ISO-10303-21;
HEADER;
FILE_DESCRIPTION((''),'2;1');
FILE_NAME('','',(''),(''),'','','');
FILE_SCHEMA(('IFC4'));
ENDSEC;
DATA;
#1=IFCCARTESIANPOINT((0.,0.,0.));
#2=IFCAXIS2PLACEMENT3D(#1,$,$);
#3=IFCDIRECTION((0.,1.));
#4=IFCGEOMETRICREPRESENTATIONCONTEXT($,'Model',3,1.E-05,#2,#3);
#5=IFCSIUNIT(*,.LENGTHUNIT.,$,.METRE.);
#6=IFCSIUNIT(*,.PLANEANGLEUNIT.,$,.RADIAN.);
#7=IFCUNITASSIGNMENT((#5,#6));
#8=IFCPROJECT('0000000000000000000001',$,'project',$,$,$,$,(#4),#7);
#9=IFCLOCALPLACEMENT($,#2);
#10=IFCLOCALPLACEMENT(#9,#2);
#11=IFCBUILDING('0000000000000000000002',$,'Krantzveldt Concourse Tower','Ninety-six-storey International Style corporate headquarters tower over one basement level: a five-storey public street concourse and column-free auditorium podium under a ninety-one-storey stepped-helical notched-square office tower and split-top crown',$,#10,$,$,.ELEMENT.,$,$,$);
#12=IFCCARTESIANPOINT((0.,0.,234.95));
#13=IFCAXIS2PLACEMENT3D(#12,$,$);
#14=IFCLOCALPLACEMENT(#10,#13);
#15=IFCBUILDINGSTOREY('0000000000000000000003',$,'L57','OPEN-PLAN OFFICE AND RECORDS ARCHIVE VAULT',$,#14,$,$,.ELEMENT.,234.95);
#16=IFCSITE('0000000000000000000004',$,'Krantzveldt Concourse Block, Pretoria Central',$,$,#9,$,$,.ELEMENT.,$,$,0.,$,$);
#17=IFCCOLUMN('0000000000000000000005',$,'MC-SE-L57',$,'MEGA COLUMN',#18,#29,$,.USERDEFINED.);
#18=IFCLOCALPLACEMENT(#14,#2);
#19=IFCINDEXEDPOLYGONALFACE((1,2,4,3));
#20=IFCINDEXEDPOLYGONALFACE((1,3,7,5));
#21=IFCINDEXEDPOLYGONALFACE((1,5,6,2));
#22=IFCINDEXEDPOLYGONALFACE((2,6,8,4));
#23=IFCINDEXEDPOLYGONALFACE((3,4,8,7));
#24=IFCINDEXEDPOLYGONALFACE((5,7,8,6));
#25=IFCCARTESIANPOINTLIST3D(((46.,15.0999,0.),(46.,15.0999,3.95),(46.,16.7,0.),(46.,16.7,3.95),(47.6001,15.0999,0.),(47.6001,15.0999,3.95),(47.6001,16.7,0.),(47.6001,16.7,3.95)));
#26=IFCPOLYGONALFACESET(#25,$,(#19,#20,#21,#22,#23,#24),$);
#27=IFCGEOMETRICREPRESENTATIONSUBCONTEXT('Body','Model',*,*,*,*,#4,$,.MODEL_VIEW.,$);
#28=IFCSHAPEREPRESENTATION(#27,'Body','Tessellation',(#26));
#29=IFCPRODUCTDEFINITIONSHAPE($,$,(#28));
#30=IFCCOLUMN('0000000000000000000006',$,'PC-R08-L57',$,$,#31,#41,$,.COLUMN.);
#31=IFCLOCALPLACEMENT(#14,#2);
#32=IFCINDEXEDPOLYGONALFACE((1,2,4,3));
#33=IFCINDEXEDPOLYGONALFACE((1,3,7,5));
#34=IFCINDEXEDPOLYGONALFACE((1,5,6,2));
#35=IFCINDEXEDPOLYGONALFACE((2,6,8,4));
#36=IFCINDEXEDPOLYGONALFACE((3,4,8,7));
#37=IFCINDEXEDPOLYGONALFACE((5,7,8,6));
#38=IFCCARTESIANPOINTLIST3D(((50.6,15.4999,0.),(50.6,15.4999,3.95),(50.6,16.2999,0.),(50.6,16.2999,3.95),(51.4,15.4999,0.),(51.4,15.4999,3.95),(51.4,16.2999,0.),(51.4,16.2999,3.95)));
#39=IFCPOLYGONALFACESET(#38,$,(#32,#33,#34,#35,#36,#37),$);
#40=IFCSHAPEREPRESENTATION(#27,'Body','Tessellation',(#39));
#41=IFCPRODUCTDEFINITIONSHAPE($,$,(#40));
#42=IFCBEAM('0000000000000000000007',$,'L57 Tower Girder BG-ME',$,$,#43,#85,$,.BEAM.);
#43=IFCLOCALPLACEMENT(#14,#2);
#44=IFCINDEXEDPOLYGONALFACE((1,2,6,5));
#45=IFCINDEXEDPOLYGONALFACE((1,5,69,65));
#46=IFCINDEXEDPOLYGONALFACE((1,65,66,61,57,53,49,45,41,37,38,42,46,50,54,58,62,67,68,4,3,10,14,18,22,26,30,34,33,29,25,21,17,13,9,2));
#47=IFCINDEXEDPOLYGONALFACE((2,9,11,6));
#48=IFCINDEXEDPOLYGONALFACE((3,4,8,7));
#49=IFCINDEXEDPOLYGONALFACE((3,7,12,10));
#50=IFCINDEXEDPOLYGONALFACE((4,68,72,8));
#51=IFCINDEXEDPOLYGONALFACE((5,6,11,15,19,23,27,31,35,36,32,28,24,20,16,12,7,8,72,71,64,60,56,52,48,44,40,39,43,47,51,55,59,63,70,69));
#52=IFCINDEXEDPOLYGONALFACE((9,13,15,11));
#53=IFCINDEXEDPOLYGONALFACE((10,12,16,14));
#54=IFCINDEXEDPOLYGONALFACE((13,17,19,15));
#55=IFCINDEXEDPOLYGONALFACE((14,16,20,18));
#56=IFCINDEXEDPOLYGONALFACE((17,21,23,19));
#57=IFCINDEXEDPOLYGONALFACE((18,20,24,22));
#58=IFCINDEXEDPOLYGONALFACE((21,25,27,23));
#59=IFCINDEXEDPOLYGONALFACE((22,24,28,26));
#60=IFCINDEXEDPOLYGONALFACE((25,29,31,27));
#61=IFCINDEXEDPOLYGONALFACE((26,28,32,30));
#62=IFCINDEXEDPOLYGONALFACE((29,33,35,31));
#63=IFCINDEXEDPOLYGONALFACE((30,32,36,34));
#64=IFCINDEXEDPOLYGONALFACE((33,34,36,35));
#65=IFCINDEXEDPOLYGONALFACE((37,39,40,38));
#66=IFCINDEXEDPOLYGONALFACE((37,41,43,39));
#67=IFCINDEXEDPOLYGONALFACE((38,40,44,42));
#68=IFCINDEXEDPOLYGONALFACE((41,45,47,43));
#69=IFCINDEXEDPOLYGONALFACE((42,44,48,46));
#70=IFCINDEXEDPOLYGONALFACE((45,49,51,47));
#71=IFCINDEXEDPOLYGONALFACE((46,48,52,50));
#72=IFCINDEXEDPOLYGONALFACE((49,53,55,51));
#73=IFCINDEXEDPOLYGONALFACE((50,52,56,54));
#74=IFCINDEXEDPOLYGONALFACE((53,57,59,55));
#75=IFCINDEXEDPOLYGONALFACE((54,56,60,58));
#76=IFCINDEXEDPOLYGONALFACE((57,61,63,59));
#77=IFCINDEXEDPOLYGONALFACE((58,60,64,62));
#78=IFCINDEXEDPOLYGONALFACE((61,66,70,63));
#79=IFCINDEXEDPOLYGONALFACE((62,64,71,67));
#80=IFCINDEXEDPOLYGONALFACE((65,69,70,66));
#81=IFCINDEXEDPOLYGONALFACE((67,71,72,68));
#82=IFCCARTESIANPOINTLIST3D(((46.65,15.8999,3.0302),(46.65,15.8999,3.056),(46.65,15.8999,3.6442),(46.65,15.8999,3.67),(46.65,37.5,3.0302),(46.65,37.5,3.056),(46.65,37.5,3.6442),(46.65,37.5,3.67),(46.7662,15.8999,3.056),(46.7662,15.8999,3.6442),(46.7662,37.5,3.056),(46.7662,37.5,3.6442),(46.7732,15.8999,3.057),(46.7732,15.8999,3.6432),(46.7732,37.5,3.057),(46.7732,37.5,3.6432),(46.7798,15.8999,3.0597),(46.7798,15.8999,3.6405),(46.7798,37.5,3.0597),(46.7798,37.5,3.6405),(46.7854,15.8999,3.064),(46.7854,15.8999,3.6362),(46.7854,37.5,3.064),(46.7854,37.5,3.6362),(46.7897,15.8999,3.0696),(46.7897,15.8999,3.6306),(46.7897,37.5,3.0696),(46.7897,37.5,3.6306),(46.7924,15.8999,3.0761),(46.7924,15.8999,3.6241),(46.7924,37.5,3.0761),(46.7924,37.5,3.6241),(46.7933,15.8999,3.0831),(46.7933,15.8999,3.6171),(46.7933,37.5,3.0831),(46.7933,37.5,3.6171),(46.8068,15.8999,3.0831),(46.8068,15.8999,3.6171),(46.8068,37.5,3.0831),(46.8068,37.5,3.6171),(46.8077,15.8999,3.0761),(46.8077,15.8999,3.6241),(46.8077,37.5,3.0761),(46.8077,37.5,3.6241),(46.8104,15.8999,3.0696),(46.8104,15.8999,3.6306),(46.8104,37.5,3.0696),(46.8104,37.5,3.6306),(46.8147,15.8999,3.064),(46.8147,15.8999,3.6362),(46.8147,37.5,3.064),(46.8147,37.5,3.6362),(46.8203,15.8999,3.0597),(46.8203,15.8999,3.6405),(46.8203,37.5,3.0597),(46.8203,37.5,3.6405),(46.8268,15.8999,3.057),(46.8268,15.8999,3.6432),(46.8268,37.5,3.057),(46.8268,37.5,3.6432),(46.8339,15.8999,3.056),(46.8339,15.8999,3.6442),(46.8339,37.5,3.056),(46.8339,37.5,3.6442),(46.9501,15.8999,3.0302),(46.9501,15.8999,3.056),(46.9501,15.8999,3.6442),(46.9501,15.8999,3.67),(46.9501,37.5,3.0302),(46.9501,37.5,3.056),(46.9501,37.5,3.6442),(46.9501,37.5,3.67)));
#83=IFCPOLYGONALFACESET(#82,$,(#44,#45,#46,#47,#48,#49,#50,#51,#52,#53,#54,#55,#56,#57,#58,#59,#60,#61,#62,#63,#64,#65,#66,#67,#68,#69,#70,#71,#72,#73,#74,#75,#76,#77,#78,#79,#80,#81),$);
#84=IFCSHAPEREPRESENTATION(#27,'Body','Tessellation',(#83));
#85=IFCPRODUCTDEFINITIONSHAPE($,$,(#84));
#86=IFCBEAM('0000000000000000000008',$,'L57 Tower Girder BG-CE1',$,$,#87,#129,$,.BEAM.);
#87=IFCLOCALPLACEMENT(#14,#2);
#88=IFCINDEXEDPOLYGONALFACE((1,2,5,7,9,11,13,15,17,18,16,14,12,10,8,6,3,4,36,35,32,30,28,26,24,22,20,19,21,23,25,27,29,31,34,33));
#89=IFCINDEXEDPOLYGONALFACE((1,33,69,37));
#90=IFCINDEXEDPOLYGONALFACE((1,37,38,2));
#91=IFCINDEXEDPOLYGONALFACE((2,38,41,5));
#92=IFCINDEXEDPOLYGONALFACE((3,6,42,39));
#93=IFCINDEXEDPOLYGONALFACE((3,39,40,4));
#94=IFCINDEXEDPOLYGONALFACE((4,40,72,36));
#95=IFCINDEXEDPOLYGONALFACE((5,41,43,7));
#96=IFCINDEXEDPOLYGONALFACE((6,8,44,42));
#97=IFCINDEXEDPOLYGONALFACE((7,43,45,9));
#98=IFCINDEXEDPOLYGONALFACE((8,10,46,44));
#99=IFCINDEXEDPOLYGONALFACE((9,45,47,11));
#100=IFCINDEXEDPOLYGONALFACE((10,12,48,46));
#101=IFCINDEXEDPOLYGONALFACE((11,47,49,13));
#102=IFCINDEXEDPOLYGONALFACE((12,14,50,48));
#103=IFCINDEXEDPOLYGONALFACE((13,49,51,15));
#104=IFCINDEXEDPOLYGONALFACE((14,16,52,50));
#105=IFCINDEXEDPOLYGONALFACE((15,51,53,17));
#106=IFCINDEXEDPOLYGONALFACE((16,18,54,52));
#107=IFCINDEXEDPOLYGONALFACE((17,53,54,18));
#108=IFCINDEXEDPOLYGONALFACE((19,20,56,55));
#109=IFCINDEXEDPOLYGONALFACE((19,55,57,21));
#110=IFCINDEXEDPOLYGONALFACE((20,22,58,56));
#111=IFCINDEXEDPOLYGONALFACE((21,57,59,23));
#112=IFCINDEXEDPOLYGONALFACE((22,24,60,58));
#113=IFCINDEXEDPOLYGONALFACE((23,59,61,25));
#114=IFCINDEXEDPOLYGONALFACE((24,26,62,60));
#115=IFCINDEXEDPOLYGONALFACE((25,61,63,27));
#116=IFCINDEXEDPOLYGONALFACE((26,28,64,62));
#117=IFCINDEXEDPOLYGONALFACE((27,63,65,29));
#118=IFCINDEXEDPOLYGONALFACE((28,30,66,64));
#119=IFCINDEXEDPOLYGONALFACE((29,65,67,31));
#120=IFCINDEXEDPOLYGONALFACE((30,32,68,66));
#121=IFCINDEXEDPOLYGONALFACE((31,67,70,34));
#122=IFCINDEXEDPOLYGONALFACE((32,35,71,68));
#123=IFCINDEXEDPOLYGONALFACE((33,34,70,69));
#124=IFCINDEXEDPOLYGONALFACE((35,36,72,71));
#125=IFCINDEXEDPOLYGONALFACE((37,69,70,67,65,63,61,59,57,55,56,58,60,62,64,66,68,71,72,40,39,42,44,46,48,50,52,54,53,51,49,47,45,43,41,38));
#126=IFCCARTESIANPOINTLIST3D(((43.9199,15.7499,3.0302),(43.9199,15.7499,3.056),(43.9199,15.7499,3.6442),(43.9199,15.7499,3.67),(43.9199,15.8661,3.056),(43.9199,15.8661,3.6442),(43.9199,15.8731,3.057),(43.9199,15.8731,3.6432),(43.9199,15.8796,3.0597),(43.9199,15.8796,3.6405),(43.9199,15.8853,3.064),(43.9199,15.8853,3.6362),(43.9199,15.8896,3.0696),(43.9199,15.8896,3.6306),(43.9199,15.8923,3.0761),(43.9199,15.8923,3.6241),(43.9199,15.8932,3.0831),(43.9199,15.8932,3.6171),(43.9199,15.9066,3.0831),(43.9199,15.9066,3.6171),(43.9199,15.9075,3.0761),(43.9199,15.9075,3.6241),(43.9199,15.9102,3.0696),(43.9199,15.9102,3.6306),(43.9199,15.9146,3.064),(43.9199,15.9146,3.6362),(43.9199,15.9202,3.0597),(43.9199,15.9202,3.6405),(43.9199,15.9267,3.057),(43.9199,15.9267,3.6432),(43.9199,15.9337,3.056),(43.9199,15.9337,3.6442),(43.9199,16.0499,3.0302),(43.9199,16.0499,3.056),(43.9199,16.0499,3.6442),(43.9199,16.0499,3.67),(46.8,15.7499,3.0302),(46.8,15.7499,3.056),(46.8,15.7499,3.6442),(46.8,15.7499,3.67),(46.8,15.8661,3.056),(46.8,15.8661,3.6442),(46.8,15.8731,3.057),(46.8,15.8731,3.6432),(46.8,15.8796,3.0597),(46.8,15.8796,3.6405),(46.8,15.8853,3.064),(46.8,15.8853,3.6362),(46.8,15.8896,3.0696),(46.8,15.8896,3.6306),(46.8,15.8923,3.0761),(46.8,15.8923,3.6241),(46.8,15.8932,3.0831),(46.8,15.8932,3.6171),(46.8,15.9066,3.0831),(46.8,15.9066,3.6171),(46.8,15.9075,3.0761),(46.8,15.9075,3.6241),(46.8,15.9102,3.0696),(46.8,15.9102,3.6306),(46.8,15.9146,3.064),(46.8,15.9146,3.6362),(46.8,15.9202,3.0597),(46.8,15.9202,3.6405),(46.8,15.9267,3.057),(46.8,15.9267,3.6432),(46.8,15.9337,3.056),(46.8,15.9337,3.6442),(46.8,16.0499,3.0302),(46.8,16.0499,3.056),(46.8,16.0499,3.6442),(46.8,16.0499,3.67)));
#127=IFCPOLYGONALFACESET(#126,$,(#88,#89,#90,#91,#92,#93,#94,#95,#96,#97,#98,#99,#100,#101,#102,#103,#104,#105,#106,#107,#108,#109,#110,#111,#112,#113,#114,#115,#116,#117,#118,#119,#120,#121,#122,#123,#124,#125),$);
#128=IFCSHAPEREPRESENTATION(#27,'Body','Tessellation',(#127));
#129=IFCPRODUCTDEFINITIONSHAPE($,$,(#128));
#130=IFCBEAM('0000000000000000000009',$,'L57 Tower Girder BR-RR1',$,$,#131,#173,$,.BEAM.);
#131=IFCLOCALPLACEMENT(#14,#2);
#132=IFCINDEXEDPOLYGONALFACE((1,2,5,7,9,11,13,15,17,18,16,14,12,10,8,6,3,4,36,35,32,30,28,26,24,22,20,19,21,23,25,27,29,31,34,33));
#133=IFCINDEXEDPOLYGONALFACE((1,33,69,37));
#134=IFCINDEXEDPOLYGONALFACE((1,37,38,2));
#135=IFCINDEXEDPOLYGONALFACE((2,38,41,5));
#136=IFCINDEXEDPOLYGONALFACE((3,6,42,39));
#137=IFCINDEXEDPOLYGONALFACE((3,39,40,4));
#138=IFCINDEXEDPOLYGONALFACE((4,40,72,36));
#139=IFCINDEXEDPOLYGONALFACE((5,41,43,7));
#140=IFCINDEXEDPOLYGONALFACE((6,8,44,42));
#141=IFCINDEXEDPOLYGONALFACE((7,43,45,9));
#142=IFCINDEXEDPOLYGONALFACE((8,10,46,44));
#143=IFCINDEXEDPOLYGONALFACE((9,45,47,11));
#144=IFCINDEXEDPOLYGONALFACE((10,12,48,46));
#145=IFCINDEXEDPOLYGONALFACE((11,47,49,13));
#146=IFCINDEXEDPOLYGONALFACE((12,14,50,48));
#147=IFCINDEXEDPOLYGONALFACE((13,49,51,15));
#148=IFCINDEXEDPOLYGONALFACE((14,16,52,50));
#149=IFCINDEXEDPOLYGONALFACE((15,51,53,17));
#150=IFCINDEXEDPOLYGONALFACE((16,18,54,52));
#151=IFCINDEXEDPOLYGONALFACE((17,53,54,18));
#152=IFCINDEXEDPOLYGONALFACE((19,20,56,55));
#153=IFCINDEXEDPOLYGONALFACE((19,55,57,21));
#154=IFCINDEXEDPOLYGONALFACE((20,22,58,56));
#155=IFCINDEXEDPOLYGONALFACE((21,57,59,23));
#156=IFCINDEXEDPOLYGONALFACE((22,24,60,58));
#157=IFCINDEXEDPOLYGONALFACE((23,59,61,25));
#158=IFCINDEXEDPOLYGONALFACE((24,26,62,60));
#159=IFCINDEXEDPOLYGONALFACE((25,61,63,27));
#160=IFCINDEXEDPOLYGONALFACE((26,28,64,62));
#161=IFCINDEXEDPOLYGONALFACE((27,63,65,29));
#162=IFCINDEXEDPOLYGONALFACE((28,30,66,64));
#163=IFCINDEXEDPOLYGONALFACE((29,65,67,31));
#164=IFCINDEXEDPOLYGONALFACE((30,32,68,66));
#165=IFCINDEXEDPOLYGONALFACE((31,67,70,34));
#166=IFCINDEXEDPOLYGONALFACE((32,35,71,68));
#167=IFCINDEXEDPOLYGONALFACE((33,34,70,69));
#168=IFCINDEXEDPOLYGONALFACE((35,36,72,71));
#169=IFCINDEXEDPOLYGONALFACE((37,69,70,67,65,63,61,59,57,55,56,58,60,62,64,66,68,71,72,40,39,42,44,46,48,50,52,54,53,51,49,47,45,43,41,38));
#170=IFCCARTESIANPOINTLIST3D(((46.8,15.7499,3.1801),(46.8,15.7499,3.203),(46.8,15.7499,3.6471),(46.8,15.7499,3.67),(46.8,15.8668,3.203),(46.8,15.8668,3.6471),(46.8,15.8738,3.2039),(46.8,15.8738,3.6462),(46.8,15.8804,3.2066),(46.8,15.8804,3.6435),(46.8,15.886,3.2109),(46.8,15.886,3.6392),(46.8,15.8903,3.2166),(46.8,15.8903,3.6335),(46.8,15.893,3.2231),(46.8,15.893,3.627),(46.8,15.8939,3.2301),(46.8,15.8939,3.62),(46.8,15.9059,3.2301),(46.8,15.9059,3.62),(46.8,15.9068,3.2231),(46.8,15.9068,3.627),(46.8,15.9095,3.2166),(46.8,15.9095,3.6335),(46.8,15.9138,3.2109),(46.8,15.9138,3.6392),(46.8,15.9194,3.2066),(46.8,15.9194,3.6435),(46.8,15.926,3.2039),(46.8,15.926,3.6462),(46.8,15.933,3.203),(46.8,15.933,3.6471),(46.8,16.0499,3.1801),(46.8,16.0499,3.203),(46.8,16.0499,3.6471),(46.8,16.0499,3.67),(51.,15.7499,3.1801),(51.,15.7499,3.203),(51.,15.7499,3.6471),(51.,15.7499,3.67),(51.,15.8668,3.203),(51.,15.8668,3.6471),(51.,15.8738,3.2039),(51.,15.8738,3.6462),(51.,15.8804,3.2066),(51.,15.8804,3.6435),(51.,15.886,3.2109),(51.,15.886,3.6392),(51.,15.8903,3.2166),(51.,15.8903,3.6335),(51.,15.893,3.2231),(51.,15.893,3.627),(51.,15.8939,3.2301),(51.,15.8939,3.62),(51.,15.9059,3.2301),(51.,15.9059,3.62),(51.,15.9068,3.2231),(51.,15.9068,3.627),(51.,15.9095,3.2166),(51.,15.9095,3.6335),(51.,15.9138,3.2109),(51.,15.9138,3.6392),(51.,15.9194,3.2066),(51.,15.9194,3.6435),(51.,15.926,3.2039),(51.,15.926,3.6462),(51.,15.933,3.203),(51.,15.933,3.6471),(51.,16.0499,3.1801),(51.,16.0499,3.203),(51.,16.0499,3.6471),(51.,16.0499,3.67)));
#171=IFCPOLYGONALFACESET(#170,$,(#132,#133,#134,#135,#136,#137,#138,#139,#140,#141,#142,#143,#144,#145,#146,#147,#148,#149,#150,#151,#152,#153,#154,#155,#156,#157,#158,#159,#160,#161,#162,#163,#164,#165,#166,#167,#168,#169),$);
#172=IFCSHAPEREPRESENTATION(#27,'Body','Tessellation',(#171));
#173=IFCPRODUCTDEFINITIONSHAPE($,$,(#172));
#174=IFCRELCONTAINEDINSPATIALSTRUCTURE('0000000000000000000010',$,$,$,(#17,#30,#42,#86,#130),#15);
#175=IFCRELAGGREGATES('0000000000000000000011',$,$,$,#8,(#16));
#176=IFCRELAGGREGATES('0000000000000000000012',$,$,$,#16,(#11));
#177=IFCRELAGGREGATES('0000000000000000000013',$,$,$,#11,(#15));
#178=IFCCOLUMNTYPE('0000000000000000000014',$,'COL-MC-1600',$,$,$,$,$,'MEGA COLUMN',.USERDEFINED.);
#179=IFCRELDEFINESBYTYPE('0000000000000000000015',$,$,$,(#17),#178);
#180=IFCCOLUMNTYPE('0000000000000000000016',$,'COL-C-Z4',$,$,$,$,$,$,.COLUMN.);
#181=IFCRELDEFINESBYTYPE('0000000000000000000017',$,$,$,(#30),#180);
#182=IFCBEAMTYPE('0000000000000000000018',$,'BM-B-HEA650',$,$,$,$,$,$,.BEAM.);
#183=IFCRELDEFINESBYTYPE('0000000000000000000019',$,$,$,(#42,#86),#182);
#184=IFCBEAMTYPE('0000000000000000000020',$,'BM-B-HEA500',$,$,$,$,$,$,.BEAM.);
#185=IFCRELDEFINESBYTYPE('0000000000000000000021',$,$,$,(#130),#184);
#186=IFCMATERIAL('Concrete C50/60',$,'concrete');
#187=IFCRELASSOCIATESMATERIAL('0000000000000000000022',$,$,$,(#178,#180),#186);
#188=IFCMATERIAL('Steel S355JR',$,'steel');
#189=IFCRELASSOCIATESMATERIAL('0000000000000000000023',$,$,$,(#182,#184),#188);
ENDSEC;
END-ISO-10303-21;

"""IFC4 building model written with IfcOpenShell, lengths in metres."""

from ifc_helpers import new_model, si_unit, direction, frame, origin, origin_2d, place, context, subcontext, project, spatial, rectangle, i_section, extrude, source, transform, mapped, material, material_profile, profile_set, type_object, type_shapes, element, save


model = new_model("IFC4")

# Units and contexts
model_context = context("Model", 3, precision=1e-05, world=origin(), true_north=direction((0.0, 1.0)))
body_context = subcontext(model_context, "Body", "Model", "MODEL_VIEW")
ifc_project = project(units=[si_unit("LENGTHUNIT", "METRE"), si_unit("PLANEANGLEUNIT", "RADIAN")], contexts=[model_context])

# Site, building, storey
site_placement = place(None, origin())
site = spatial("IfcSite", under=ifc_project, at=site_placement, Name="Krantzveldt Concourse Block, Pretoria Central", CompositionType="ELEMENT", RefElevation=0.0)
building_placement = place(site_placement, origin())
building = spatial("IfcBuilding", under=site, at=building_placement, Name="Krantzveldt Concourse Tower", Description="Ninety-six-storey International Style corporate headquarters tower over one basement level: a five-storey public street concourse and column-free auditorium podium under a ninety-one-storey stepped-helical notched-square office tower and split-top crown", CompositionType="ELEMENT")
storey_placement = place(building_placement, frame((0.0, 0.0, 234.95)))
storey = spatial("IfcBuildingStorey", under=building, at=storey_placement, Name="L57", Description="OPEN-PLAN OFFICE AND RECORDS ARCHIVE VAULT", CompositionType="ELEMENT", Elevation=234.95)

# Columns
ifc_material_1 = material(Name="Concrete C50/60", Category="concrete")
ifc_material_profile_1 = material_profile(ifc_material_1, rectangle(XDim=1.6001, YDim=1.6001, at=origin_2d()), Name="Concrete C50/60", Category="concrete")
ifc_profile_set_1 = profile_set([ifc_material_profile_1], Name="Concrete C50/60 - RC 1600x1600")
column_type_1 = type_object("IfcColumnType", Name="COL-MC-1600", ElementType="MEGA COLUMN", PredefinedType="USERDEFINED", material=ifc_profile_set_1)
shared_shape_1 = source(origin(), body_context, "Body", "SweptSolid", [
    extrude(rectangle(XDim=1.6001, YDim=1.6001, at=origin_2d()), origin(), (0.0, 0.0, 1.0), 3.95),
])
type_shapes(column_type_1, [shared_shape_1])
column_1_placement = place(storey_placement, frame((46.8, 15.8999, 0.0), z_axis=(0.0, 0.0, 1.0), x_axis=(1.0, 0.0, 0.0)))
element("IfcColumn", 1, at=column_1_placement, inside=storey, type_object=column_type_1, Name="MC-SE-L57", ObjectType="MEGA COLUMN", PredefinedType="USERDEFINED", context=body_context, shape_type="MappedRepresentation", body=[
    mapped(shared_shape_1, transform((0.0, 0.0, 0.0), x_axis=(1.0, 0.0, 0.0), y_axis=(0.0, 1.0, 0.0), z_axis=(0.0, 0.0, 1.0), scale=1.0)),
])
ifc_material_profile_2 = material_profile(ifc_material_1, rectangle(XDim=0.8, YDim=0.8, at=origin_2d()), Name="Concrete C50/60", Category="concrete")
ifc_profile_set_2 = profile_set([ifc_material_profile_2], Name="Concrete C50/60 - RC 800x800")
column_type_2 = type_object("IfcColumnType", Name="COL-C-Z4", PredefinedType="COLUMN", material=ifc_profile_set_2)
shared_shape_2 = source(origin(), body_context, "Body", "SweptSolid", [
    extrude(rectangle(XDim=0.8, YDim=0.8, at=origin_2d()), origin(), (0.0, 0.0, 1.0), 3.95),
])
type_shapes(column_type_2, [shared_shape_2])
column_2_placement = place(storey_placement, frame((51.0, 15.8999, 0.0), z_axis=(0.0, 0.0, 1.0), x_axis=(1.0, 0.0, 0.0)))
element("IfcColumn", 2, at=column_2_placement, inside=storey, type_object=column_type_2, Name="PC-R08-L57", PredefinedType="COLUMN", context=body_context, shape_type="MappedRepresentation", body=[
    mapped(shared_shape_2, transform((0.0, 0.0, 0.0), x_axis=(1.0, 0.0, 0.0), y_axis=(0.0, 1.0, 0.0), z_axis=(0.0, 0.0, 1.0), scale=1.0)),
])

# Beams
ifc_material_2 = material(Name="Steel S355JR", Category="steel")
ifc_material_profile_3 = material_profile(ifc_material_2, i_section(OverallWidth=0.3, OverallDepth=0.6399, WebThickness=0.0134, FlangeThickness=0.0259, FilletRadius=0.0271, at=origin_2d()), Name="Steel S355JR", Category="steel")
ifc_profile_set_3 = profile_set([ifc_material_profile_3], Name="Steel S355JR - HEA 650")
beam_type_1 = type_object("IfcBeamType", Name="BM-B-HEA650", PredefinedType="BEAM", material=ifc_profile_set_3)
shared_shape_3 = source(origin(), body_context, "Body", "SweptSolid", [
    extrude(i_section(OverallWidth=0.3, OverallDepth=0.6399, WebThickness=0.0134, FlangeThickness=0.0259, FilletRadius=0.0271, at=origin_2d()), origin(), (0.0, 0.0, 1.0), 21.6001),
])
beam_1_placement = place(storey_placement, frame((46.8, 15.8999, 3.3501), z_axis=(0.0, 1.0, 0.0), x_axis=(-1.0, 0.0, 0.0)))
element("IfcBeam", 3, at=beam_1_placement, inside=storey, type_object=beam_type_1, Name="L57 Tower Girder BG-ME", PredefinedType="BEAM", context=body_context, shape_type="MappedRepresentation", body=[
    mapped(shared_shape_3, transform((0.0, 0.0, 0.0), x_axis=(1.0, 0.0, 0.0), y_axis=(0.0, 1.0, 0.0), z_axis=(0.0, 0.0, 1.0), scale=1.0)),
])
shared_shape_4 = source(origin(), body_context, "Body", "SweptSolid", [
    extrude(i_section(OverallWidth=0.3, OverallDepth=0.6399, WebThickness=0.0134, FlangeThickness=0.0259, FilletRadius=0.0271, at=origin_2d()), origin(), (0.0, 0.0, 1.0), 2.8801),
])
type_shapes(beam_type_1, [shared_shape_3, shared_shape_4])
beam_2_placement = place(storey_placement, frame((43.9199, 15.8999, 3.3501), z_axis=(1.0, 0.0, 0.0), x_axis=(0.0, 1.0, 0.0)))
element("IfcBeam", 4, at=beam_2_placement, inside=storey, type_object=beam_type_1, Name="L57 Tower Girder BG-CE1", PredefinedType="BEAM", context=body_context, shape_type="MappedRepresentation", body=[
    mapped(shared_shape_4, transform((0.0, 0.0, 0.0), x_axis=(1.0, 0.0, 0.0), y_axis=(0.0, 1.0, 0.0), z_axis=(0.0, 0.0, 1.0), scale=1.0)),
])
ifc_material_profile_4 = material_profile(ifc_material_2, i_section(OverallWidth=0.3, OverallDepth=0.49, WebThickness=0.012, FlangeThickness=0.0229, FilletRadius=0.0271, at=origin_2d()), Name="Steel S355JR", Category="steel")
ifc_profile_set_4 = profile_set([ifc_material_profile_4], Name="Steel S355JR - HEA 500")
beam_type_2 = type_object("IfcBeamType", Name="BM-B-HEA500", PredefinedType="BEAM", material=ifc_profile_set_4)
shared_shape_5 = source(origin(), body_context, "Body", "SweptSolid", [
    extrude(i_section(OverallWidth=0.3, OverallDepth=0.49, WebThickness=0.012, FlangeThickness=0.0229, FilletRadius=0.0271, at=origin_2d()), origin(), (0.0, 0.0, 1.0), 4.2),
])
beam_3_placement = place(storey_placement, frame((46.8, 15.8999, 3.425), z_axis=(1.0, 0.0, 0.0), x_axis=(0.0, 1.0, 0.0)))
element("IfcBeam", 5, at=beam_3_placement, inside=storey, type_object=beam_type_2, Name="L57 Tower Girder BR-RR1", PredefinedType="BEAM", context=body_context, shape_type="MappedRepresentation", body=[
    mapped(shared_shape_5, transform((0.0, 0.0, 0.0), x_axis=(1.0, 0.0, 0.0), y_axis=(0.0, 1.0, 0.0), z_axis=(0.0, 0.0, 1.0), scale=1.0)),
])

save(model, "model.ifc")
